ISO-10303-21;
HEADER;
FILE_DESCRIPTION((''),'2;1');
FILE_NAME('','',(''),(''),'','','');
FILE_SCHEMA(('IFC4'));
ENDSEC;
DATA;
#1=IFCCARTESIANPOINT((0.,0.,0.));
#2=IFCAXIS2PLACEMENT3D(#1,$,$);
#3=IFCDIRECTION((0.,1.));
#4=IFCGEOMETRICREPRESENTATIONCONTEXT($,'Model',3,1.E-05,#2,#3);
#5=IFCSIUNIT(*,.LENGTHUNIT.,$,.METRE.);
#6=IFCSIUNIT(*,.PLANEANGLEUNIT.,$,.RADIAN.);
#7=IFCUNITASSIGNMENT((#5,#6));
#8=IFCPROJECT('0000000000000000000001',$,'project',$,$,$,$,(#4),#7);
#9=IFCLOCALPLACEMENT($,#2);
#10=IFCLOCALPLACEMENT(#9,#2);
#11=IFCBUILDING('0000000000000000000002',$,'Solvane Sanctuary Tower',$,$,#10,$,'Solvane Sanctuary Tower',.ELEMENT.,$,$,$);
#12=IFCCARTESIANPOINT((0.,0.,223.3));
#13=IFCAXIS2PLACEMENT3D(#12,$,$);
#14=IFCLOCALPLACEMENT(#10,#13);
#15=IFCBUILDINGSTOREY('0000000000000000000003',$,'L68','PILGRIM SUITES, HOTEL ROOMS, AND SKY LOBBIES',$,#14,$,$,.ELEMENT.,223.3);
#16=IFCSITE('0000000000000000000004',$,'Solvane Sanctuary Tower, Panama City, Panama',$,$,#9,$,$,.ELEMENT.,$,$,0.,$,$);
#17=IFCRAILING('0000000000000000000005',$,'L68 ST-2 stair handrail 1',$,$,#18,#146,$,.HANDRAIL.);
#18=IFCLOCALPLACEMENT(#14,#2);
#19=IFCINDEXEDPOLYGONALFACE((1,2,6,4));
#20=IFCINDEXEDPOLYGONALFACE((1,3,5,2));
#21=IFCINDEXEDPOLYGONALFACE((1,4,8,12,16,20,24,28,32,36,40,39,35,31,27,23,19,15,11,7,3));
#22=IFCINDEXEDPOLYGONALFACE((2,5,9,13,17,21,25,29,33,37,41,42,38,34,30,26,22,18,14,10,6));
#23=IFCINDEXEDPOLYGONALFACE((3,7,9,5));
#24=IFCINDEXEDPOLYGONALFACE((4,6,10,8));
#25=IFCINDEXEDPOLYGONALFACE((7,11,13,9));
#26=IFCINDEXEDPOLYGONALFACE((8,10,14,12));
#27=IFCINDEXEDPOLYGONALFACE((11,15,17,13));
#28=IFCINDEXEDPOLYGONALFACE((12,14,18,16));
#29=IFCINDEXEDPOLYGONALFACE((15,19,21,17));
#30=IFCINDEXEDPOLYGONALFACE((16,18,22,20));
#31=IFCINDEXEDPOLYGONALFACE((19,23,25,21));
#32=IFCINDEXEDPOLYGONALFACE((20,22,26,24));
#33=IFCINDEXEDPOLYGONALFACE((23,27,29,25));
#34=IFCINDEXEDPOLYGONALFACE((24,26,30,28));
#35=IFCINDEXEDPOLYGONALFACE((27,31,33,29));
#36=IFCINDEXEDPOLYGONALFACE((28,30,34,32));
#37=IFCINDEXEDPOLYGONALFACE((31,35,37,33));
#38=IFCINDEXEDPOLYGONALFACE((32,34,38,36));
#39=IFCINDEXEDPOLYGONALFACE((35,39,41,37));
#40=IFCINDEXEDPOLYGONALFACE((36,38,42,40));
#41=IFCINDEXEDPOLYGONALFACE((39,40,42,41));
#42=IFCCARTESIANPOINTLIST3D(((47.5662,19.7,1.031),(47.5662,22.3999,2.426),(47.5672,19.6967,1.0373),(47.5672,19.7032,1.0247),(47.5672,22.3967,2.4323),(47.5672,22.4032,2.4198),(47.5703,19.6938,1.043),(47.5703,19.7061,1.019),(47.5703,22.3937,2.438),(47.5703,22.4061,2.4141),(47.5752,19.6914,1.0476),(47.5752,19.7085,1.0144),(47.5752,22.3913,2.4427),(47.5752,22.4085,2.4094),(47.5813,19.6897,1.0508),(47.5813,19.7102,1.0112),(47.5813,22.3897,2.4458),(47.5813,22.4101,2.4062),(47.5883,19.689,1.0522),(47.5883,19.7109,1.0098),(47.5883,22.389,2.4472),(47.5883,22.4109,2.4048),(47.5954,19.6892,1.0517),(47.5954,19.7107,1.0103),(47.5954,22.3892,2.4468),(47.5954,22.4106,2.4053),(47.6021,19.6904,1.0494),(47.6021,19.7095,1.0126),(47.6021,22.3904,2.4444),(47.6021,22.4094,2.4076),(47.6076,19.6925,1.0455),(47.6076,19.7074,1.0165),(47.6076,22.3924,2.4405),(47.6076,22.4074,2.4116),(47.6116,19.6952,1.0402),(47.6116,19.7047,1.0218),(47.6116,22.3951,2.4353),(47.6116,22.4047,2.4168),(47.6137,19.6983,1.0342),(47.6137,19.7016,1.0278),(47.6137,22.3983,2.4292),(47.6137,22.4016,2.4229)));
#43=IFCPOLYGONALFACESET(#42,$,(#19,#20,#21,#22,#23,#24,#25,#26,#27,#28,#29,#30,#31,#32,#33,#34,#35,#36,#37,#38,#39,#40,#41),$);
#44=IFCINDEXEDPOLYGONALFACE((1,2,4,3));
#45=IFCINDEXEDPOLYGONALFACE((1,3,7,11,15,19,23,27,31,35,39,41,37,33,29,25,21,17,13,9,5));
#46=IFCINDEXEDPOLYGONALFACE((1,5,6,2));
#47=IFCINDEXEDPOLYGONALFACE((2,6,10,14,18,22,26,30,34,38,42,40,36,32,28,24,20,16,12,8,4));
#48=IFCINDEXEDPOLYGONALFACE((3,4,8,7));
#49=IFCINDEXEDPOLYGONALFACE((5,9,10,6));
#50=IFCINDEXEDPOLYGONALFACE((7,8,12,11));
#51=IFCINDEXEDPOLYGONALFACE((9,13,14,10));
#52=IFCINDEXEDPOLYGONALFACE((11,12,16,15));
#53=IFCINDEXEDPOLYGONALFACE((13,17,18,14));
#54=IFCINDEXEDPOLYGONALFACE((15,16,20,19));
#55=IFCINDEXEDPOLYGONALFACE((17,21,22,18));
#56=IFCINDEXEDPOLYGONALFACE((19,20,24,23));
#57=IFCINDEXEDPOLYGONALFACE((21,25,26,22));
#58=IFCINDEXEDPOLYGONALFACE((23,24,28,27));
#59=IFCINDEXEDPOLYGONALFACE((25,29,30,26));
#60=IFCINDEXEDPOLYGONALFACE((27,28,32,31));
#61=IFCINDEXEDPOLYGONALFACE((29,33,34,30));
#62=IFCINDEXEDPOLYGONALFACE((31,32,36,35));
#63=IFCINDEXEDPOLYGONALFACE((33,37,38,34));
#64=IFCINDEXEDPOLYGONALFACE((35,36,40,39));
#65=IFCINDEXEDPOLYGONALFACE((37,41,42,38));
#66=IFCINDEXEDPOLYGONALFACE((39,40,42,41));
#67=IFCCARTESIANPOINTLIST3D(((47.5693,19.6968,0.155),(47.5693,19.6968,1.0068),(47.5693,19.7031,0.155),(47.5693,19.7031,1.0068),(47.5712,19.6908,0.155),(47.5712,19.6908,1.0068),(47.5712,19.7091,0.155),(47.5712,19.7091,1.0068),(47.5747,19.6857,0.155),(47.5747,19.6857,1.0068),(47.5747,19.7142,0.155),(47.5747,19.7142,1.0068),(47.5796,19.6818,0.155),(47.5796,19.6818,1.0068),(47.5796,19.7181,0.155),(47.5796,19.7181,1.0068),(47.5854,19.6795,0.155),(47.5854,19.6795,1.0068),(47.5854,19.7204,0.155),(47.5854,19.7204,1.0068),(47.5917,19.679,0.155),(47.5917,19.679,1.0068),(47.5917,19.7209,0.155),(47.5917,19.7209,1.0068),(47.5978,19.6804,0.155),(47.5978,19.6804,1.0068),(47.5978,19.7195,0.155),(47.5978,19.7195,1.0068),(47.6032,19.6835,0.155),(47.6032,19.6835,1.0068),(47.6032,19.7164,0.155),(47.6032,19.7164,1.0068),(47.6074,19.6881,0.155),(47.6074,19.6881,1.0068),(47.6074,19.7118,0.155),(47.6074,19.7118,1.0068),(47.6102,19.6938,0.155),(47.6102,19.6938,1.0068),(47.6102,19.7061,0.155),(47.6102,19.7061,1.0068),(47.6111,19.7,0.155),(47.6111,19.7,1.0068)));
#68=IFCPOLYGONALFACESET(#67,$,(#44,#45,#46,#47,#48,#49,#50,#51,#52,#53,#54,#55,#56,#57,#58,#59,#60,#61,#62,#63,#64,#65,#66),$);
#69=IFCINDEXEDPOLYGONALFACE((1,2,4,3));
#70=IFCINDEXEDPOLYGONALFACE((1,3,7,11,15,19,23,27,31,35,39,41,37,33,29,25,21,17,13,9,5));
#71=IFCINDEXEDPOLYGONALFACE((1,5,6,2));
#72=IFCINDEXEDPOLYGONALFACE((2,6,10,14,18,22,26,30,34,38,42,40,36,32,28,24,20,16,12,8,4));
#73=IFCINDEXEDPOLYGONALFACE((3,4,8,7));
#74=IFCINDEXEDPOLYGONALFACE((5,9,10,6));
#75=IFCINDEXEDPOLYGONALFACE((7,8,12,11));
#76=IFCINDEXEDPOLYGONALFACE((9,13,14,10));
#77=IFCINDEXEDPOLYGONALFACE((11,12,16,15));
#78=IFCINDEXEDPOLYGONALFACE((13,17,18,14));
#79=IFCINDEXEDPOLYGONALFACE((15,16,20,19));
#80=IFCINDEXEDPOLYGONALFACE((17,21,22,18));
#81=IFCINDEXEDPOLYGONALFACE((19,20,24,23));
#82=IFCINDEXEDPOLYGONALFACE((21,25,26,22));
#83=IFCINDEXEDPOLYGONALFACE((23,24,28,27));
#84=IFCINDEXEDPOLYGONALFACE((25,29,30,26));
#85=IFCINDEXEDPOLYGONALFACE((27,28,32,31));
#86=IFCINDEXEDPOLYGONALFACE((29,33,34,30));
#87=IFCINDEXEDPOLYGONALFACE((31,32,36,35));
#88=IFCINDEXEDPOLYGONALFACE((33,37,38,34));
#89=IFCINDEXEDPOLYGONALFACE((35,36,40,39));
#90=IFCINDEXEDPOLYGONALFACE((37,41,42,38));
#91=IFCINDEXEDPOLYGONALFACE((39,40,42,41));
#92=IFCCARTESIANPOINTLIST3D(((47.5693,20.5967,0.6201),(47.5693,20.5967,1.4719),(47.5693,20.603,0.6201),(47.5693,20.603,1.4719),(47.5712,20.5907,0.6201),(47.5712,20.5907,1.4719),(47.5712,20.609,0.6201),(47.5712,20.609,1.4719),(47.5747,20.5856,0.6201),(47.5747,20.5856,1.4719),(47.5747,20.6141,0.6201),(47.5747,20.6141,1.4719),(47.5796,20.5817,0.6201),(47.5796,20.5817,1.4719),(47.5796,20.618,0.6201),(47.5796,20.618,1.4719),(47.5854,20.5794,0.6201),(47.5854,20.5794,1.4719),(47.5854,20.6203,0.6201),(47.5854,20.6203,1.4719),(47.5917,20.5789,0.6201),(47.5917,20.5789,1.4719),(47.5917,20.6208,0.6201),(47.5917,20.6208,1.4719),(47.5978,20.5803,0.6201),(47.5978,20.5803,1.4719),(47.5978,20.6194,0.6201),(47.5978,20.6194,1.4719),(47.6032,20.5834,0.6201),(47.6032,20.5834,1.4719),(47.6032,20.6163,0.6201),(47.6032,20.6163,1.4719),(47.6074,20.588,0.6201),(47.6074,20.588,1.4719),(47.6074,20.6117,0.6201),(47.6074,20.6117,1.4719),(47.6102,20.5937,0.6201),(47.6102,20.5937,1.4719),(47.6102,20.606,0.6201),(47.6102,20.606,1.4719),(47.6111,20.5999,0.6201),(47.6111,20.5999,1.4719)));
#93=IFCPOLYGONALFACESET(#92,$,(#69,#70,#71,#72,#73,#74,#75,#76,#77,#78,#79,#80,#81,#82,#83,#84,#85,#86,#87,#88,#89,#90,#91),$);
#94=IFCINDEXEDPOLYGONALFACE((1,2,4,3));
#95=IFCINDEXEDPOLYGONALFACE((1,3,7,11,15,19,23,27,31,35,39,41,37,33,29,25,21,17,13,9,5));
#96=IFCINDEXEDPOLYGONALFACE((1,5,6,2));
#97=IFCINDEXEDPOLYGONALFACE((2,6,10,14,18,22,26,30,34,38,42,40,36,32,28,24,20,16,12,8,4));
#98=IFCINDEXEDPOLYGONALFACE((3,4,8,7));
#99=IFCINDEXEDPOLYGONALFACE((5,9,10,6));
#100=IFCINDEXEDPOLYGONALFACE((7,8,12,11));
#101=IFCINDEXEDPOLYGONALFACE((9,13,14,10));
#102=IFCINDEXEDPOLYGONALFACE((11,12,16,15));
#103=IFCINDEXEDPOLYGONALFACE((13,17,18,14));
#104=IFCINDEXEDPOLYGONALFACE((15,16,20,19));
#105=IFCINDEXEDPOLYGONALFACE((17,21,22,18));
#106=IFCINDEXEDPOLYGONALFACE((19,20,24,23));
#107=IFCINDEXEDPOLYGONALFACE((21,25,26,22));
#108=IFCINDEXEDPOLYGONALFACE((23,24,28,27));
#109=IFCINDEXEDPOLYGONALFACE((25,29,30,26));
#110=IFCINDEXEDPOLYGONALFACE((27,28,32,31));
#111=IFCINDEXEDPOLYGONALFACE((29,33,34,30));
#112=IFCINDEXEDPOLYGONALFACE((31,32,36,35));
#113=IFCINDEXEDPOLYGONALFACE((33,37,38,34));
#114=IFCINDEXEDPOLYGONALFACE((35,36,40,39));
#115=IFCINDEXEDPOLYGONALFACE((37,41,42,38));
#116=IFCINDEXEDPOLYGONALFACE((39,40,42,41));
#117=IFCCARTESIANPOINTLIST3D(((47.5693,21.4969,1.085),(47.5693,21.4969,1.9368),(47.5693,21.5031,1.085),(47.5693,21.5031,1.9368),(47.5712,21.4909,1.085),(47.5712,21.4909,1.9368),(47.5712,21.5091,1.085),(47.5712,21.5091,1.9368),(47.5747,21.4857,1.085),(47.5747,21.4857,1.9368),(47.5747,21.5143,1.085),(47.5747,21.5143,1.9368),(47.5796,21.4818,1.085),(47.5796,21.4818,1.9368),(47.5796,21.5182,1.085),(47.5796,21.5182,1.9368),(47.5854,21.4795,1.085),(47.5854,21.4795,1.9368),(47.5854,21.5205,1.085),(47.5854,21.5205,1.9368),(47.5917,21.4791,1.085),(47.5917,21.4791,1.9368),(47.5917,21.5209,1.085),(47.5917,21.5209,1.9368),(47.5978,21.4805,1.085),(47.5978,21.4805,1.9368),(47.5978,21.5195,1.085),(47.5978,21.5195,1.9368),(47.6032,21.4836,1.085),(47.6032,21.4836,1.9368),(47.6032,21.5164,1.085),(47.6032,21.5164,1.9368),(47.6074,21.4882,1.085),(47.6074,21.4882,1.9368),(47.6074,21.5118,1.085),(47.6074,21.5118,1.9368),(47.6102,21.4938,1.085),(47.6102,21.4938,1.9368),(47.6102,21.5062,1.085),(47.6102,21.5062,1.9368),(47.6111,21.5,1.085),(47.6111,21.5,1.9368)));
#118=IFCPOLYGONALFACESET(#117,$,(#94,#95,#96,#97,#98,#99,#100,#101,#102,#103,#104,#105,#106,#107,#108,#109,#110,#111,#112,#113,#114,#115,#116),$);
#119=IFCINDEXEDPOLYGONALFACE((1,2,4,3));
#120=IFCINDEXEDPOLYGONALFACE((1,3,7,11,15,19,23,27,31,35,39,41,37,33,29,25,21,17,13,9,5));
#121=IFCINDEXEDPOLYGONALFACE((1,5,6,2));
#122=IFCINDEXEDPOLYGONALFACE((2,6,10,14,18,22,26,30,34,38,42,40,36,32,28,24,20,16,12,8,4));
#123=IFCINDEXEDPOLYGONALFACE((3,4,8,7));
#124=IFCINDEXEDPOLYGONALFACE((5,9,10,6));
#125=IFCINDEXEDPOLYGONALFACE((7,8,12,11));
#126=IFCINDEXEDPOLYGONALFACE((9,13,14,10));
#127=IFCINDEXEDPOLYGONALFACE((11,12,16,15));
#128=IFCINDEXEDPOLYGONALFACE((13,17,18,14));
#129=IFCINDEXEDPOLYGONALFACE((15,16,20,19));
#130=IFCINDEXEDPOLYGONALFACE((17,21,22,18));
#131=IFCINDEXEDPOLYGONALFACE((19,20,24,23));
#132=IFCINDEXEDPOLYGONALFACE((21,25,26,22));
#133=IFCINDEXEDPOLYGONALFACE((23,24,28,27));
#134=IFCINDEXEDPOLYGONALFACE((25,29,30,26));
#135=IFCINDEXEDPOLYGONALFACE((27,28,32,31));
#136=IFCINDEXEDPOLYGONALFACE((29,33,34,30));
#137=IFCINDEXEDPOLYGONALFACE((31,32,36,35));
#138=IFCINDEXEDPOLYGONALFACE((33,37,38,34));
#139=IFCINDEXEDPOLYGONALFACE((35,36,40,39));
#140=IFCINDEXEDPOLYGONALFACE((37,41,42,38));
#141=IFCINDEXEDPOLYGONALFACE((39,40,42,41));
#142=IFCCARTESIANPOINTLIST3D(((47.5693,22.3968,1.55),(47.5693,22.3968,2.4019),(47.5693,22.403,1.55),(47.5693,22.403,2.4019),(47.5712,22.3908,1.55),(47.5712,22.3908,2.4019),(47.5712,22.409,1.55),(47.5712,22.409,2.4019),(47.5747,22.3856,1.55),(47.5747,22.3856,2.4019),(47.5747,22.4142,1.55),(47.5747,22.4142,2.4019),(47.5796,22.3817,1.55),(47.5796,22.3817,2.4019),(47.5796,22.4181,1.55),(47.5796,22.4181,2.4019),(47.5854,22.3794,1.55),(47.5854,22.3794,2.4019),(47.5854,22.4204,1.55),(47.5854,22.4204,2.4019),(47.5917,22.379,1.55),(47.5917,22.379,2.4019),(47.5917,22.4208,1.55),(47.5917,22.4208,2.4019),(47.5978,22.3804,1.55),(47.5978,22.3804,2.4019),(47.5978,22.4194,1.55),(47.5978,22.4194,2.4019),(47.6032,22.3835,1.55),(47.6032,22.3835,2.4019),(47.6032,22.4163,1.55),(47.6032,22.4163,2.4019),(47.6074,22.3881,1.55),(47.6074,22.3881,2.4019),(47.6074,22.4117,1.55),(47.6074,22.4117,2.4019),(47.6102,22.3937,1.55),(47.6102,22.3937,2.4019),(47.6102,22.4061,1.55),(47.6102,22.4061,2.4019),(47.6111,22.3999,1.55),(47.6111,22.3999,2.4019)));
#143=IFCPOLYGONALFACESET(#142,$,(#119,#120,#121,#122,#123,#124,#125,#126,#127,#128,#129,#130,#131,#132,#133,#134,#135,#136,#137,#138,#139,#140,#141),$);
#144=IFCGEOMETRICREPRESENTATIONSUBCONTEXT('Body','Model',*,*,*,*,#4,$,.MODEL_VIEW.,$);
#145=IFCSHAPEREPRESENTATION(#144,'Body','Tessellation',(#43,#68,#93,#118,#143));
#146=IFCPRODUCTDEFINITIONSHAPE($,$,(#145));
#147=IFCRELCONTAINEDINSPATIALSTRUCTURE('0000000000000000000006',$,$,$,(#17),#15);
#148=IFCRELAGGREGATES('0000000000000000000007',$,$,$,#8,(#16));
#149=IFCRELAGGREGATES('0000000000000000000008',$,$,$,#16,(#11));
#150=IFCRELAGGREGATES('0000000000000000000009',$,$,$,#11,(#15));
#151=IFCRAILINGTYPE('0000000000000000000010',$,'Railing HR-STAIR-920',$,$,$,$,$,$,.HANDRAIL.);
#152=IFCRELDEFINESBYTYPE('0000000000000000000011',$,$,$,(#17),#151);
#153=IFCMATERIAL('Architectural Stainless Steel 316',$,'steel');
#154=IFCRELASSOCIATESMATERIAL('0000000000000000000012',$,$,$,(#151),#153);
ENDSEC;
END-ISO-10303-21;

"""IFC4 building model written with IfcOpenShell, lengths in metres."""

from ifc_helpers import new_model, si_unit, direction, frame, origin, origin_2d, place, context, subcontext, project, spatial, circle, extrude, material, type_object, element, save


model = new_model("IFC4")

# Units and contexts
model_context = context("Model", 3, precision=1e-05, world=origin(), true_north=direction((0.0, 1.0)))
body_context = subcontext(model_context, "Body", "Model", "MODEL_VIEW")
ifc_project = project(units=[si_unit("LENGTHUNIT", "METRE"), si_unit("PLANEANGLEUNIT", "RADIAN")], contexts=[model_context])

# Site, building, storey
site_placement = place(None, origin())
site = spatial("IfcSite", under=ifc_project, at=site_placement, Name="Solvane Sanctuary Tower, Panama City, Panama", CompositionType="ELEMENT", RefElevation=0.0)
building_placement = place(site_placement, origin())
building = spatial("IfcBuilding", under=site, at=building_placement, Name="Solvane Sanctuary Tower", LongName="Solvane Sanctuary Tower", CompositionType="ELEMENT")
storey_placement = place(building_placement, frame((0.0, 0.0, 223.3)))
storey = spatial("IfcBuildingStorey", under=building, at=storey_placement, Name="L68", Description="PILGRIM SUITES, HOTEL ROOMS, AND SKY LOBBIES", CompositionType="ELEMENT", Elevation=223.3)

# Shared definitions
ifc_material_1 = material(Name="Architectural Stainless Steel 316", Category="steel")

# Railing
railing_type_1 = type_object("IfcRailingType", Name="Railing HR-STAIR-920", PredefinedType="HANDRAIL", material=ifc_material_1)
railing_1_placement = place(storey_placement, frame((47.5901, 19.7, 0.155)))
element("IfcRailing", 1, at=railing_1_placement, inside=storey, type_object=railing_type_1, Name="L68 ST-2 stair handrail 1", PredefinedType="HANDRAIL", context=body_context, shape_type="SweptSolid", body=[
    extrude(circle(Radius=0.0239, at=origin_2d()), frame((0.0, 0.0, 0.876), z_axis=(0.0, 0.88842, 0.459032), x_axis=(-1.0, 0.0, 0.0)), (0.0, 0.0, 1.0), 3.0391),
    extrude(circle(Radius=0.021, at=origin_2d()), origin(), (0.0, 0.0, 1.0), 0.8518),
    extrude(circle(Radius=0.021, at=origin_2d()), frame((0.0, 0.8999, 0.4651)), (0.0, 0.0, 1.0), 0.8518),
    extrude(circle(Radius=0.021, at=origin_2d()), frame((0.0, 1.8, 0.9299)), (0.0, 0.0, 1.0), 0.8518),
    extrude(circle(Radius=0.021, at=origin_2d()), frame((0.0, 2.7, 1.395)), (0.0, 0.0, 1.0), 0.8518),
])

save(model, "model.ifc")
